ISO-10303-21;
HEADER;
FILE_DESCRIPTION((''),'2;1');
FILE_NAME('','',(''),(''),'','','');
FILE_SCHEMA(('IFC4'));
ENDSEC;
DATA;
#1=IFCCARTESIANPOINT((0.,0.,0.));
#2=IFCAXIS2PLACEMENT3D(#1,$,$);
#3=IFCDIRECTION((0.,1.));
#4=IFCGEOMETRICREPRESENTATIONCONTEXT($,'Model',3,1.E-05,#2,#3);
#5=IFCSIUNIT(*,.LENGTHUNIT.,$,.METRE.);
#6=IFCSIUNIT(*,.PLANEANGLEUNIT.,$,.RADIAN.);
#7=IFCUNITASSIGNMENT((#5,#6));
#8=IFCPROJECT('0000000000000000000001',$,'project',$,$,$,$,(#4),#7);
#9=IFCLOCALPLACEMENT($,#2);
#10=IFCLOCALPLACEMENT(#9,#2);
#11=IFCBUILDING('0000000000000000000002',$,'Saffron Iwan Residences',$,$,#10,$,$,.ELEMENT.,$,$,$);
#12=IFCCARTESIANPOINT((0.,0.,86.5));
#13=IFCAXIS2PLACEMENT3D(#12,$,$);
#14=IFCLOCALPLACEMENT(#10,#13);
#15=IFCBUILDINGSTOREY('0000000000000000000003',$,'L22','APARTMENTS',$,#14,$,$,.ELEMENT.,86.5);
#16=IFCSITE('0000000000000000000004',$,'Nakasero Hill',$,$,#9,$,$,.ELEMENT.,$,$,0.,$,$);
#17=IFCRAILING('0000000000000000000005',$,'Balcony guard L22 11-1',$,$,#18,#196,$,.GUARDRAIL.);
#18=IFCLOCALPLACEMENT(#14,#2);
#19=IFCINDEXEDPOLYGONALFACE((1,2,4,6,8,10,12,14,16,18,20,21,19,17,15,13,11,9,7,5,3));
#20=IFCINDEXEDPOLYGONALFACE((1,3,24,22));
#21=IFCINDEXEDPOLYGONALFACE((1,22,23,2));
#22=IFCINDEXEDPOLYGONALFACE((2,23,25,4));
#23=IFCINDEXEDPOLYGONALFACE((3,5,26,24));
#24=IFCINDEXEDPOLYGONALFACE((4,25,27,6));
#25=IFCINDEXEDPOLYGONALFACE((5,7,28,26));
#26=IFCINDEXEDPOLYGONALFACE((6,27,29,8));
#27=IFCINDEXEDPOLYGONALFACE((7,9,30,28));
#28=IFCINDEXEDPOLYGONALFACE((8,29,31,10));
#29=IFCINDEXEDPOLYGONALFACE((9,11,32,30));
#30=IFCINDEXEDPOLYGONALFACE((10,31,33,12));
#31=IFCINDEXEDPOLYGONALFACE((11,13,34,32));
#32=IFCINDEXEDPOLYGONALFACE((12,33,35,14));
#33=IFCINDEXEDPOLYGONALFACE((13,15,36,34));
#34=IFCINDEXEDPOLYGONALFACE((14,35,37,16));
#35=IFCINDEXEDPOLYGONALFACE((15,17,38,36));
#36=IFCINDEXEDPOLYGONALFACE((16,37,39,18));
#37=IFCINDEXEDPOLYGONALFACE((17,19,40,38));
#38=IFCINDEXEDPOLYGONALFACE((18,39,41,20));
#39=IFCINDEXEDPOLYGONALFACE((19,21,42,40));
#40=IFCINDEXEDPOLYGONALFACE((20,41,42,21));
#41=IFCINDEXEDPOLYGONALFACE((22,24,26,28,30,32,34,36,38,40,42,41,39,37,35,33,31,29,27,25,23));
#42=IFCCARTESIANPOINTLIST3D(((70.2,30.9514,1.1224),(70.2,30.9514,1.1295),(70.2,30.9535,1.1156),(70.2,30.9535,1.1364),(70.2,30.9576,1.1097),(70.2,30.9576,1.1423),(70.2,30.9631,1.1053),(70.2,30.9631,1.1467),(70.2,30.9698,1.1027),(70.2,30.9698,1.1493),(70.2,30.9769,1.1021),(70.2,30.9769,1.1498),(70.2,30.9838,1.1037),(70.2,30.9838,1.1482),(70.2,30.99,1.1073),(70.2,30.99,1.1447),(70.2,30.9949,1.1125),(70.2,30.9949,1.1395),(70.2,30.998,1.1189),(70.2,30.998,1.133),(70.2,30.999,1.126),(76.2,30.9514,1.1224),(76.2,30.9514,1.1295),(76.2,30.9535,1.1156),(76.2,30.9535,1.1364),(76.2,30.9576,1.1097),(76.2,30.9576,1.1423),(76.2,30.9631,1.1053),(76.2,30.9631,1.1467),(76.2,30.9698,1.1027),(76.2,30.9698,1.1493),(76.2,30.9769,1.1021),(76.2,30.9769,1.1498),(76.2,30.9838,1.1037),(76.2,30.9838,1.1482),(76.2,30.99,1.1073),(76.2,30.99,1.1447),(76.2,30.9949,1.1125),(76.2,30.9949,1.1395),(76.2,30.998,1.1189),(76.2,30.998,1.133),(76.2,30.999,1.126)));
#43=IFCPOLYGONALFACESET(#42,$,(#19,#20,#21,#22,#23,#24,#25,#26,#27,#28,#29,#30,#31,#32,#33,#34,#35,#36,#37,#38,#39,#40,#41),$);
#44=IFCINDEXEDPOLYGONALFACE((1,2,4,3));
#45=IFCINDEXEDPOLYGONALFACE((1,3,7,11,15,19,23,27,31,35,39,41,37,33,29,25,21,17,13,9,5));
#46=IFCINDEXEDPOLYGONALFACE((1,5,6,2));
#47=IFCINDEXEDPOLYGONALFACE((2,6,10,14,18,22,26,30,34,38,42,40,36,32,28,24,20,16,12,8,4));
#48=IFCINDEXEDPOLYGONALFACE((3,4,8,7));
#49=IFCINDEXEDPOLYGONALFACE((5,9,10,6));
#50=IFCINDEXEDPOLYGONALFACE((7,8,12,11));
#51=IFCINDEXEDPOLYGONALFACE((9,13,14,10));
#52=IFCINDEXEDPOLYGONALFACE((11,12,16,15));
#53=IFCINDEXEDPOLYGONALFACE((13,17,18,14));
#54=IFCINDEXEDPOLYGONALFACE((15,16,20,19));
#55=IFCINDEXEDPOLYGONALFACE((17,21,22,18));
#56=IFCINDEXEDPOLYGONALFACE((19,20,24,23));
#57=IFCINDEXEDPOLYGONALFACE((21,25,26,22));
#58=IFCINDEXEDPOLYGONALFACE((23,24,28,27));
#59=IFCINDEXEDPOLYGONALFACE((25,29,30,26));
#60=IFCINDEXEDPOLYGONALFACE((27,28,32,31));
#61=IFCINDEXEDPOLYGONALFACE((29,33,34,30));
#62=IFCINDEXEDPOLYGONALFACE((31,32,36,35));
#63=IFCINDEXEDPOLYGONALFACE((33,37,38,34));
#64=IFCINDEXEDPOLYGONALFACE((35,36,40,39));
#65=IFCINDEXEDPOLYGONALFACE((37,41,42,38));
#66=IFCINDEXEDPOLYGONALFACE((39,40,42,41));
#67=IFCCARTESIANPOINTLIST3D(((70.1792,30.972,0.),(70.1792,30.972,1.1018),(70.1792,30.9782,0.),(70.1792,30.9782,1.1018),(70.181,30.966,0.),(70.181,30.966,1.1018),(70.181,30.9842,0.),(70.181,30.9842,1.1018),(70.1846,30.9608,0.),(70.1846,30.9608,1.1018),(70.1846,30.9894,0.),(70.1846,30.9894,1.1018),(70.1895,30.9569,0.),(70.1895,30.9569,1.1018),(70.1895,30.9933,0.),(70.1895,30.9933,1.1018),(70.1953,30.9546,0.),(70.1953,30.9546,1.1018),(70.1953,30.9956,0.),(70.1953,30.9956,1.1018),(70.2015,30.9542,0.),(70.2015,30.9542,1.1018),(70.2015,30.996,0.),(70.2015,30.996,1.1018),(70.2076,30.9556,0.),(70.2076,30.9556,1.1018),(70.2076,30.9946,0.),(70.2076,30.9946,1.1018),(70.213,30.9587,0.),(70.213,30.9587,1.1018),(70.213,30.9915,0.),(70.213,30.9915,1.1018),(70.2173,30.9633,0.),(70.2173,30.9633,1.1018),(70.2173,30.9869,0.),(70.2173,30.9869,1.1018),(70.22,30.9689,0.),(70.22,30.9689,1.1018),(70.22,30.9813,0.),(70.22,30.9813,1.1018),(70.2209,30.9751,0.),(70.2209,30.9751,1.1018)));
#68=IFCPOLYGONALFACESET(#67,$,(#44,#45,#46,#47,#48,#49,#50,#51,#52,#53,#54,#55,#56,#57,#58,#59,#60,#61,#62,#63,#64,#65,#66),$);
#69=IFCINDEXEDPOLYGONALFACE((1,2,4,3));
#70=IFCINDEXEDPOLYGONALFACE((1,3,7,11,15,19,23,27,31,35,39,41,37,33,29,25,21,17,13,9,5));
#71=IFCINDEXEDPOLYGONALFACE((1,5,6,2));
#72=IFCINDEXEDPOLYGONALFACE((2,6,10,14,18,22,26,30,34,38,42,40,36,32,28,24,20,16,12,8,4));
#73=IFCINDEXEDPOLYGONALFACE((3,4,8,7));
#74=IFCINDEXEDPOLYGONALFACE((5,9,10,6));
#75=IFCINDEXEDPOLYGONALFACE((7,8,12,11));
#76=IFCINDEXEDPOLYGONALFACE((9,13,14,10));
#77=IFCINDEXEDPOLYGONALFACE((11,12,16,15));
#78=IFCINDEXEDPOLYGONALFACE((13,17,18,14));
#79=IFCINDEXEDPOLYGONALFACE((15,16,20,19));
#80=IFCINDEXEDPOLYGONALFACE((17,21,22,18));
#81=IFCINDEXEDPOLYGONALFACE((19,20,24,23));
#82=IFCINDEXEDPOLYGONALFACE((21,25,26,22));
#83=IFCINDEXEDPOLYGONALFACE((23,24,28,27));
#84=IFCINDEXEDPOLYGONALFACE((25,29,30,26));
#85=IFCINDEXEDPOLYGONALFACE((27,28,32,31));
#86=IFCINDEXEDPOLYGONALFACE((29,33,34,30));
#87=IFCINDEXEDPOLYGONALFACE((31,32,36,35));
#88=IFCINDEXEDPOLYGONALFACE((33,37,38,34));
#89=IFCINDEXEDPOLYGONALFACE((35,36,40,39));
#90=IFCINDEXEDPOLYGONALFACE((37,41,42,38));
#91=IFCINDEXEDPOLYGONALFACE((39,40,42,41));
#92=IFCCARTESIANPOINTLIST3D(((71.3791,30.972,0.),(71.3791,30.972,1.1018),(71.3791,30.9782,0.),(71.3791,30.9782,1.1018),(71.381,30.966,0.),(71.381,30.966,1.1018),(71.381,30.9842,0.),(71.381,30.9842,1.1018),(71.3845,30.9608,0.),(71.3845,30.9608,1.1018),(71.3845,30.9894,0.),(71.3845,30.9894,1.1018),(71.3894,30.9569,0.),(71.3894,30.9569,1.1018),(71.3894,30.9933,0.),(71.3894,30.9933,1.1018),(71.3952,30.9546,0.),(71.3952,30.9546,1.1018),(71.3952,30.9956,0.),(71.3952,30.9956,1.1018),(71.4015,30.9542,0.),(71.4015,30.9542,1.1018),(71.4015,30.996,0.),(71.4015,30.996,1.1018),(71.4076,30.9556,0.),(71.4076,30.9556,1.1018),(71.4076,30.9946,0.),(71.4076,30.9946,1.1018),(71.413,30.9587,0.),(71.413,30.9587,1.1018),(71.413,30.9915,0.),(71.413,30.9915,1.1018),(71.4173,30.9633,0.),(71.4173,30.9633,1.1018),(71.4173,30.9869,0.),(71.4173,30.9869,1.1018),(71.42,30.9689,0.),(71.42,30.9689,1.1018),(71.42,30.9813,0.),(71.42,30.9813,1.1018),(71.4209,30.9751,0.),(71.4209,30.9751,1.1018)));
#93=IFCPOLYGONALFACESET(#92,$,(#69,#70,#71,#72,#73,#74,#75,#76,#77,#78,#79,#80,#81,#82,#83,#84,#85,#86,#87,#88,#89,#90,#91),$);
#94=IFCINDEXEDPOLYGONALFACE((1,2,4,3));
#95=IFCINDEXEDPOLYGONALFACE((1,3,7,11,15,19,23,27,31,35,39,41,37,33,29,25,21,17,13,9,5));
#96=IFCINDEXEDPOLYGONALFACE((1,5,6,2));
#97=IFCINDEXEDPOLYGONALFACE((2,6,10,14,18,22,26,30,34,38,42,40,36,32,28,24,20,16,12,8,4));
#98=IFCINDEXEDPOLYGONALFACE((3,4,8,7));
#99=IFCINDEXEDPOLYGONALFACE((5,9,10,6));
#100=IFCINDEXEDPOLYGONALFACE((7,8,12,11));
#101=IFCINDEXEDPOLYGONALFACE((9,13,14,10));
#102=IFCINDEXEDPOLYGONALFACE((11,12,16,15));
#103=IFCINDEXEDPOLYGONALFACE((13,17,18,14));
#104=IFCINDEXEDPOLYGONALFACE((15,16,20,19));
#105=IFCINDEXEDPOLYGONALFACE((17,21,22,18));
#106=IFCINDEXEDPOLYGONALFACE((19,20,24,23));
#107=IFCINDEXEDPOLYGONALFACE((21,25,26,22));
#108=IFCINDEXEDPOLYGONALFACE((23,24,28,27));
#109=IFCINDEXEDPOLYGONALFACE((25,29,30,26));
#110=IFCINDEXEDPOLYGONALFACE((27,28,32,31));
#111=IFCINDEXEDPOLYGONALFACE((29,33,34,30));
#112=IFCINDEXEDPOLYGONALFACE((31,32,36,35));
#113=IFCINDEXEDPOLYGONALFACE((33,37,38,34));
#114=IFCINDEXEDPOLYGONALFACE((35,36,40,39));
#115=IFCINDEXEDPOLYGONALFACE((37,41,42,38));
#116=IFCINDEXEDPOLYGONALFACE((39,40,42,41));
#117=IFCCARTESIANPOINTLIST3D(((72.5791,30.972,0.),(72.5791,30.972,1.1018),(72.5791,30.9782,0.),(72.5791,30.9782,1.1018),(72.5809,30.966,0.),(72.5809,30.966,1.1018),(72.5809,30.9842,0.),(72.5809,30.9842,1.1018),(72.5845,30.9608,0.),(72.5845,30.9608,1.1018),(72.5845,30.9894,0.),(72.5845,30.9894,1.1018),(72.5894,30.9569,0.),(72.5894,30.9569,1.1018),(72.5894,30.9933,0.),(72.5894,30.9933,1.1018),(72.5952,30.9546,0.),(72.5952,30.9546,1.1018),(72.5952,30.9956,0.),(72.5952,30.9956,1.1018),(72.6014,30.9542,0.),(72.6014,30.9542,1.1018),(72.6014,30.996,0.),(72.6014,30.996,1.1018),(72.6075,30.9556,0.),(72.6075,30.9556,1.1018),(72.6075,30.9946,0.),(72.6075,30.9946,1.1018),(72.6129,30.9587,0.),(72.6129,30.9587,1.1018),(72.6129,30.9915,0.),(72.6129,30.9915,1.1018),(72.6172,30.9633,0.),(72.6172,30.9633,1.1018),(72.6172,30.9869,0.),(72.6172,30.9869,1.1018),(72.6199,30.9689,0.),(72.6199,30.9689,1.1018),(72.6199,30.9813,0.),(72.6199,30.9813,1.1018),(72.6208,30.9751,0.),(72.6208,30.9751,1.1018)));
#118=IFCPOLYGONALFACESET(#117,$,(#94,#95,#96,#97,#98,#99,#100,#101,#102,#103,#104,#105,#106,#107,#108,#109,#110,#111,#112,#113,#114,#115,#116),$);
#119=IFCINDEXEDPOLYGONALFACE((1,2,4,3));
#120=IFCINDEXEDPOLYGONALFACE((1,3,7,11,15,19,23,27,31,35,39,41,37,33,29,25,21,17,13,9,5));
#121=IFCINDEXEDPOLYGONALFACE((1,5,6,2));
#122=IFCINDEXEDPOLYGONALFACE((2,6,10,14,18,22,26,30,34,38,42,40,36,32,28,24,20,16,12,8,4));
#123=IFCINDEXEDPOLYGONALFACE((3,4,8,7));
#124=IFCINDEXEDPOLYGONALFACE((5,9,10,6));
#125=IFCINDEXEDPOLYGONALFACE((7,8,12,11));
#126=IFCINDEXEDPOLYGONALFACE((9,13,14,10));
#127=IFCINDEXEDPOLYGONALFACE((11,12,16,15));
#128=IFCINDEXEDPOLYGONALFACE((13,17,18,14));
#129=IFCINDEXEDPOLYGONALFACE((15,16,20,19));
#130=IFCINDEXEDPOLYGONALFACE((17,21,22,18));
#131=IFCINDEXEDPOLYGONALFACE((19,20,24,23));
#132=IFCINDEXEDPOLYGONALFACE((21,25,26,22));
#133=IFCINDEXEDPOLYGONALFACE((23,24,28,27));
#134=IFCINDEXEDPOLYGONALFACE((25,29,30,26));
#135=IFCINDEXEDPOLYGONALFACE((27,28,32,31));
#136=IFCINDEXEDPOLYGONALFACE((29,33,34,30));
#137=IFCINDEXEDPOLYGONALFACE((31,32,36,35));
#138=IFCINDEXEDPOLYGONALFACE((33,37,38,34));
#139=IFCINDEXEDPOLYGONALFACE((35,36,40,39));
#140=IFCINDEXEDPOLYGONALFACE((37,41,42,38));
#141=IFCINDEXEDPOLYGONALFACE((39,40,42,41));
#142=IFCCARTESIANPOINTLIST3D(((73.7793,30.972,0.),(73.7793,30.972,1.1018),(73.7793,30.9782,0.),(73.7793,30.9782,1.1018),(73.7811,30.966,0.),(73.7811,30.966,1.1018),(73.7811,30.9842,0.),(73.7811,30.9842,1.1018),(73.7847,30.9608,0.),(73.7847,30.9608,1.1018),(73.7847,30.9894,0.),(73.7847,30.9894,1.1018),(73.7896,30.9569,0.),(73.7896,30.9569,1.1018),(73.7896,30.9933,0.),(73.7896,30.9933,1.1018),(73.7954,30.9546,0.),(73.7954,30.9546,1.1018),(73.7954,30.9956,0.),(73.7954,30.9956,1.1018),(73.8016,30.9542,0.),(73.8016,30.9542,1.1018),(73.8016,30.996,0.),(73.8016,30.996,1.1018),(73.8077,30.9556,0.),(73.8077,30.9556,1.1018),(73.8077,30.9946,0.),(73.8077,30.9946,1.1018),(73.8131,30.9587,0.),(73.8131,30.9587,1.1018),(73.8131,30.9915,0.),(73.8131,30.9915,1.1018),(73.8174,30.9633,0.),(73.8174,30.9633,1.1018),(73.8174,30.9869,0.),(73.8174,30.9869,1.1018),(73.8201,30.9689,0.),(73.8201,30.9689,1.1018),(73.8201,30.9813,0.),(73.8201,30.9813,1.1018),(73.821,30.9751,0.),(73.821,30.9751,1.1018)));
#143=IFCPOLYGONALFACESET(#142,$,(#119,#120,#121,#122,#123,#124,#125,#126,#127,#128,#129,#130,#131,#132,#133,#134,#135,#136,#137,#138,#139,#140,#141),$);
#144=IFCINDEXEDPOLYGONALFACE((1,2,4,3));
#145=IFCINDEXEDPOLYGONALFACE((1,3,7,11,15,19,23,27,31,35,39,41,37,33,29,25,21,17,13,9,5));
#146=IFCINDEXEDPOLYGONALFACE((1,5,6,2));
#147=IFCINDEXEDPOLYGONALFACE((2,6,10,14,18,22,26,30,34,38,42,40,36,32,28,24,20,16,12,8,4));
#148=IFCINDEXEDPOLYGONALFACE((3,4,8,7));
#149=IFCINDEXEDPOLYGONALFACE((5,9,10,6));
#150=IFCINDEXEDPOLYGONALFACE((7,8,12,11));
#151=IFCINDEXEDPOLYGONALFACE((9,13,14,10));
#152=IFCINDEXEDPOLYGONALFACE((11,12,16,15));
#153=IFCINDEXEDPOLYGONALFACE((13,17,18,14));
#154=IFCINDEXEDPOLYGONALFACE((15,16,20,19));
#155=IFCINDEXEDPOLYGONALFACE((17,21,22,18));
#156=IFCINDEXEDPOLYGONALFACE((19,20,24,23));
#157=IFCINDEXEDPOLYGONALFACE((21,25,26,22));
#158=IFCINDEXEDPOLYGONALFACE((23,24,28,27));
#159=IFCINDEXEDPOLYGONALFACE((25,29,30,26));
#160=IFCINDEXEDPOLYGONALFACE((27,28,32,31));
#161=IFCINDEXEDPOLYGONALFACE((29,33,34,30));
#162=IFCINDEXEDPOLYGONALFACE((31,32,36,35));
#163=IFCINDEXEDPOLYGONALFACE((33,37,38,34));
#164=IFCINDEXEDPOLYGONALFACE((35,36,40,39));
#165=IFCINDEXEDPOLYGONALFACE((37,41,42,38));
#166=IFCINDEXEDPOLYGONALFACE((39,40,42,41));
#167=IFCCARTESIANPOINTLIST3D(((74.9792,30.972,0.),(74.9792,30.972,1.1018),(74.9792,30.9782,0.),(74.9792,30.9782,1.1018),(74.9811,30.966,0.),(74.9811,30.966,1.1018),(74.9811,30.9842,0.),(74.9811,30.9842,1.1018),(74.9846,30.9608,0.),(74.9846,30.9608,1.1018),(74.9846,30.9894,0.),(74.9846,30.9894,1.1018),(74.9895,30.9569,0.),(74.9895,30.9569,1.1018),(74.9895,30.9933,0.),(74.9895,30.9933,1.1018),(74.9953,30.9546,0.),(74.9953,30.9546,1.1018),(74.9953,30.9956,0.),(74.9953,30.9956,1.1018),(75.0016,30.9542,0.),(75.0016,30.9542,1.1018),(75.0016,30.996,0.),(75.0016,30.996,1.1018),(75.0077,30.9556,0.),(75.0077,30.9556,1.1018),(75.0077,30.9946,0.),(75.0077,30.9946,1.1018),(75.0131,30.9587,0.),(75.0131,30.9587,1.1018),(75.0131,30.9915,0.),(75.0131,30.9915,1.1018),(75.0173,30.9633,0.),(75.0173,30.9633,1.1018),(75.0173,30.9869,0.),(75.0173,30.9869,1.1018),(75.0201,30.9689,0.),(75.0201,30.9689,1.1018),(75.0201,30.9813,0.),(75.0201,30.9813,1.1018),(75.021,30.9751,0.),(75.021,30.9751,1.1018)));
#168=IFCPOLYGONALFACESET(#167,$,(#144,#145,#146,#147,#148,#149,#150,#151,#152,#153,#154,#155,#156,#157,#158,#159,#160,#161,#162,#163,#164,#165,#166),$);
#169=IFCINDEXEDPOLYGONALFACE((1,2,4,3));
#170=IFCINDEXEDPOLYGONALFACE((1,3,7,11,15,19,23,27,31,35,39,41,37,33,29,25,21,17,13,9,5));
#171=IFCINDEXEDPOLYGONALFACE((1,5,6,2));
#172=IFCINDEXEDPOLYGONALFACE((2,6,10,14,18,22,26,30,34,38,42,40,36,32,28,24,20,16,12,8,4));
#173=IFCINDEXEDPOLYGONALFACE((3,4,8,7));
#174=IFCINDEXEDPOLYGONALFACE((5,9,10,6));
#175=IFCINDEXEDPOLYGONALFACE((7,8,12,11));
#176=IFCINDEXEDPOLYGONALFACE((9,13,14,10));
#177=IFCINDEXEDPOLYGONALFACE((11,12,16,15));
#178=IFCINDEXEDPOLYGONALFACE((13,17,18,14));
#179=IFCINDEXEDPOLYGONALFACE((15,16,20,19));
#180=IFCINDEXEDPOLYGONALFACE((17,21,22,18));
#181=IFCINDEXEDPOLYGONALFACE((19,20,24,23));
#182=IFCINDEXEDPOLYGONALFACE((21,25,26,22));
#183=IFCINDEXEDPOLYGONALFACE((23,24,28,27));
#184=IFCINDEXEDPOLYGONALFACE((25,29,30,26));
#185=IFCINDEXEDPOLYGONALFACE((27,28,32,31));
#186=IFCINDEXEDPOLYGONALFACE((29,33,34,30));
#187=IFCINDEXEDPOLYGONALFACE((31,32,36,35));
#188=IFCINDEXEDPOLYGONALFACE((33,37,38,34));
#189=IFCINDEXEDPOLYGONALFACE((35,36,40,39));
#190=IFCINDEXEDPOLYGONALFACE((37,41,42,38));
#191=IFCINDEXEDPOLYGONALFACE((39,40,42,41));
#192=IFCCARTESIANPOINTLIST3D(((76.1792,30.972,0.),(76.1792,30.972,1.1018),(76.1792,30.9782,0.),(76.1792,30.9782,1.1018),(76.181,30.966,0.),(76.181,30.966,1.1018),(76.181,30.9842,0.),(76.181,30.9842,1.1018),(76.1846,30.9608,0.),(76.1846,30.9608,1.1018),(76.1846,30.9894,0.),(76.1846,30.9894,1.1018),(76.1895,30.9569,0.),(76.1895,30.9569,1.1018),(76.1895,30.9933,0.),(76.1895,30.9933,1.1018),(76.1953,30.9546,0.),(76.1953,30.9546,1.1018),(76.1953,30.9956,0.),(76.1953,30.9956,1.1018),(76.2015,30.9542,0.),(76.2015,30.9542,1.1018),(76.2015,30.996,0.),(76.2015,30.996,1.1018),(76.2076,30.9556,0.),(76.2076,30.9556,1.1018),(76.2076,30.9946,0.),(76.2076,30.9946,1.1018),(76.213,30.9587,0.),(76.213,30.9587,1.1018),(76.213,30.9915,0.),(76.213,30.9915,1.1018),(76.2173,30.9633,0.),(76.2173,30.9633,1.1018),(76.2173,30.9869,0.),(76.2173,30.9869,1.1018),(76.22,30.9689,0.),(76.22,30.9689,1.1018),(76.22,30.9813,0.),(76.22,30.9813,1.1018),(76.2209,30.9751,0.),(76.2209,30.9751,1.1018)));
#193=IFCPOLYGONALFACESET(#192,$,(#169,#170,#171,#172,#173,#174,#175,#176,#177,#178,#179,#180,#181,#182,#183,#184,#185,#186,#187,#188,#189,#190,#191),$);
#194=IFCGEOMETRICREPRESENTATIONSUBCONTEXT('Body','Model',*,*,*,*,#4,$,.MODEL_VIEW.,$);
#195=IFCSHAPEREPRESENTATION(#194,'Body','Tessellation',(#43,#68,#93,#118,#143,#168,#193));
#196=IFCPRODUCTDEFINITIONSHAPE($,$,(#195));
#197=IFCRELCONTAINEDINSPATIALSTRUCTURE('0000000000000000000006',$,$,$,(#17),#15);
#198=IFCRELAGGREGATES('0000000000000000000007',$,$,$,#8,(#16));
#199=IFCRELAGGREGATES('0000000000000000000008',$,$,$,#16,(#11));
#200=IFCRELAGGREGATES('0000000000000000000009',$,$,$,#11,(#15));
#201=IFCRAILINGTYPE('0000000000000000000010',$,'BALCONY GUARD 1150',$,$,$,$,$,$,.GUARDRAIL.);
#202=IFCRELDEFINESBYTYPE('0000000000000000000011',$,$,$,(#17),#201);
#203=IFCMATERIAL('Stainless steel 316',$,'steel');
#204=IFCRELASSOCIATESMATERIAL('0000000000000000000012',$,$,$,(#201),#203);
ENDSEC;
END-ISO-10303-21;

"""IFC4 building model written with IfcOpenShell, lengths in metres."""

from ifc_helpers import new_model, si_unit, direction, frame, origin, origin_2d, place, context, subcontext, project, spatial, circle, extrude, material, type_object, element, save


model = new_model("IFC4")

# Units and contexts
model_context = context("Model", 3, precision=1e-05, world=origin(), true_north=direction((0.0, 1.0)))
body_context = subcontext(model_context, "Body", "Model", "MODEL_VIEW")
ifc_project = project(units=[si_unit("LENGTHUNIT", "METRE"), si_unit("PLANEANGLEUNIT", "RADIAN")], contexts=[model_context])

# Site, building, storey
site_placement = place(None, origin())
site = spatial("IfcSite", under=ifc_project, at=site_placement, Name="Nakasero Hill", CompositionType="ELEMENT", RefElevation=0.0)
building_placement = place(site_placement, origin())
building = spatial("IfcBuilding", under=site, at=building_placement, Name="Saffron Iwan Residences", CompositionType="ELEMENT")
storey_placement = place(building_placement, frame((0.0, 0.0, 86.5)))
storey = spatial("IfcBuildingStorey", under=building, at=storey_placement, Name="L22", Description="APARTMENTS", CompositionType="ELEMENT", Elevation=86.5)

# Railing
ifc_material_1 = material(Name="Stainless steel 316", Category="steel")
railing_type = type_object("IfcRailingType", Name="BALCONY GUARD 1150", PredefinedType="GUARDRAIL", material=ifc_material_1)
railing_placement = place(storey_placement, frame((70.2, 30.9751, 0.0)))
element("IfcRailing", 1, at=railing_placement, inside=storey, type_object=railing_type, Name="Balcony guard L22 11-1", PredefinedType="GUARDRAIL", context=body_context, shape_type="SweptSolid", body=[
    extrude(circle(Radius=0.0239, at=origin_2d()), frame((0.0, 0.0, 1.126), z_axis=(1.0, 0.0, 0.0), x_axis=(0.0, 1.0, 0.0)), (0.0, 0.0, 1.0), 6.0),
    extrude(circle(Radius=0.021, at=origin_2d()), origin(), (0.0, 0.0, 1.0), 1.1018),
    extrude(circle(Radius=0.021, at=origin_2d()), frame((1.2, 0.0, 0.0)), (0.0, 0.0, 1.0), 1.1018),
    extrude(circle(Radius=0.021, at=origin_2d()), frame((2.3999, 0.0, 0.0)), (0.0, 0.0, 1.0), 1.1018),
    extrude(circle(Radius=0.021, at=origin_2d()), frame((3.6001, 0.0, 0.0)), (0.0, 0.0, 1.0), 1.1018),
    extrude(circle(Radius=0.021, at=origin_2d()), frame((4.8, 0.0, 0.0)), (0.0, 0.0, 1.0), 1.1018),
    extrude(circle(Radius=0.021, at=origin_2d()), frame((6.0, 0.0, 0.0)), (0.0, 0.0, 1.0), 1.1018),
])

save(model, "model.ifc")
